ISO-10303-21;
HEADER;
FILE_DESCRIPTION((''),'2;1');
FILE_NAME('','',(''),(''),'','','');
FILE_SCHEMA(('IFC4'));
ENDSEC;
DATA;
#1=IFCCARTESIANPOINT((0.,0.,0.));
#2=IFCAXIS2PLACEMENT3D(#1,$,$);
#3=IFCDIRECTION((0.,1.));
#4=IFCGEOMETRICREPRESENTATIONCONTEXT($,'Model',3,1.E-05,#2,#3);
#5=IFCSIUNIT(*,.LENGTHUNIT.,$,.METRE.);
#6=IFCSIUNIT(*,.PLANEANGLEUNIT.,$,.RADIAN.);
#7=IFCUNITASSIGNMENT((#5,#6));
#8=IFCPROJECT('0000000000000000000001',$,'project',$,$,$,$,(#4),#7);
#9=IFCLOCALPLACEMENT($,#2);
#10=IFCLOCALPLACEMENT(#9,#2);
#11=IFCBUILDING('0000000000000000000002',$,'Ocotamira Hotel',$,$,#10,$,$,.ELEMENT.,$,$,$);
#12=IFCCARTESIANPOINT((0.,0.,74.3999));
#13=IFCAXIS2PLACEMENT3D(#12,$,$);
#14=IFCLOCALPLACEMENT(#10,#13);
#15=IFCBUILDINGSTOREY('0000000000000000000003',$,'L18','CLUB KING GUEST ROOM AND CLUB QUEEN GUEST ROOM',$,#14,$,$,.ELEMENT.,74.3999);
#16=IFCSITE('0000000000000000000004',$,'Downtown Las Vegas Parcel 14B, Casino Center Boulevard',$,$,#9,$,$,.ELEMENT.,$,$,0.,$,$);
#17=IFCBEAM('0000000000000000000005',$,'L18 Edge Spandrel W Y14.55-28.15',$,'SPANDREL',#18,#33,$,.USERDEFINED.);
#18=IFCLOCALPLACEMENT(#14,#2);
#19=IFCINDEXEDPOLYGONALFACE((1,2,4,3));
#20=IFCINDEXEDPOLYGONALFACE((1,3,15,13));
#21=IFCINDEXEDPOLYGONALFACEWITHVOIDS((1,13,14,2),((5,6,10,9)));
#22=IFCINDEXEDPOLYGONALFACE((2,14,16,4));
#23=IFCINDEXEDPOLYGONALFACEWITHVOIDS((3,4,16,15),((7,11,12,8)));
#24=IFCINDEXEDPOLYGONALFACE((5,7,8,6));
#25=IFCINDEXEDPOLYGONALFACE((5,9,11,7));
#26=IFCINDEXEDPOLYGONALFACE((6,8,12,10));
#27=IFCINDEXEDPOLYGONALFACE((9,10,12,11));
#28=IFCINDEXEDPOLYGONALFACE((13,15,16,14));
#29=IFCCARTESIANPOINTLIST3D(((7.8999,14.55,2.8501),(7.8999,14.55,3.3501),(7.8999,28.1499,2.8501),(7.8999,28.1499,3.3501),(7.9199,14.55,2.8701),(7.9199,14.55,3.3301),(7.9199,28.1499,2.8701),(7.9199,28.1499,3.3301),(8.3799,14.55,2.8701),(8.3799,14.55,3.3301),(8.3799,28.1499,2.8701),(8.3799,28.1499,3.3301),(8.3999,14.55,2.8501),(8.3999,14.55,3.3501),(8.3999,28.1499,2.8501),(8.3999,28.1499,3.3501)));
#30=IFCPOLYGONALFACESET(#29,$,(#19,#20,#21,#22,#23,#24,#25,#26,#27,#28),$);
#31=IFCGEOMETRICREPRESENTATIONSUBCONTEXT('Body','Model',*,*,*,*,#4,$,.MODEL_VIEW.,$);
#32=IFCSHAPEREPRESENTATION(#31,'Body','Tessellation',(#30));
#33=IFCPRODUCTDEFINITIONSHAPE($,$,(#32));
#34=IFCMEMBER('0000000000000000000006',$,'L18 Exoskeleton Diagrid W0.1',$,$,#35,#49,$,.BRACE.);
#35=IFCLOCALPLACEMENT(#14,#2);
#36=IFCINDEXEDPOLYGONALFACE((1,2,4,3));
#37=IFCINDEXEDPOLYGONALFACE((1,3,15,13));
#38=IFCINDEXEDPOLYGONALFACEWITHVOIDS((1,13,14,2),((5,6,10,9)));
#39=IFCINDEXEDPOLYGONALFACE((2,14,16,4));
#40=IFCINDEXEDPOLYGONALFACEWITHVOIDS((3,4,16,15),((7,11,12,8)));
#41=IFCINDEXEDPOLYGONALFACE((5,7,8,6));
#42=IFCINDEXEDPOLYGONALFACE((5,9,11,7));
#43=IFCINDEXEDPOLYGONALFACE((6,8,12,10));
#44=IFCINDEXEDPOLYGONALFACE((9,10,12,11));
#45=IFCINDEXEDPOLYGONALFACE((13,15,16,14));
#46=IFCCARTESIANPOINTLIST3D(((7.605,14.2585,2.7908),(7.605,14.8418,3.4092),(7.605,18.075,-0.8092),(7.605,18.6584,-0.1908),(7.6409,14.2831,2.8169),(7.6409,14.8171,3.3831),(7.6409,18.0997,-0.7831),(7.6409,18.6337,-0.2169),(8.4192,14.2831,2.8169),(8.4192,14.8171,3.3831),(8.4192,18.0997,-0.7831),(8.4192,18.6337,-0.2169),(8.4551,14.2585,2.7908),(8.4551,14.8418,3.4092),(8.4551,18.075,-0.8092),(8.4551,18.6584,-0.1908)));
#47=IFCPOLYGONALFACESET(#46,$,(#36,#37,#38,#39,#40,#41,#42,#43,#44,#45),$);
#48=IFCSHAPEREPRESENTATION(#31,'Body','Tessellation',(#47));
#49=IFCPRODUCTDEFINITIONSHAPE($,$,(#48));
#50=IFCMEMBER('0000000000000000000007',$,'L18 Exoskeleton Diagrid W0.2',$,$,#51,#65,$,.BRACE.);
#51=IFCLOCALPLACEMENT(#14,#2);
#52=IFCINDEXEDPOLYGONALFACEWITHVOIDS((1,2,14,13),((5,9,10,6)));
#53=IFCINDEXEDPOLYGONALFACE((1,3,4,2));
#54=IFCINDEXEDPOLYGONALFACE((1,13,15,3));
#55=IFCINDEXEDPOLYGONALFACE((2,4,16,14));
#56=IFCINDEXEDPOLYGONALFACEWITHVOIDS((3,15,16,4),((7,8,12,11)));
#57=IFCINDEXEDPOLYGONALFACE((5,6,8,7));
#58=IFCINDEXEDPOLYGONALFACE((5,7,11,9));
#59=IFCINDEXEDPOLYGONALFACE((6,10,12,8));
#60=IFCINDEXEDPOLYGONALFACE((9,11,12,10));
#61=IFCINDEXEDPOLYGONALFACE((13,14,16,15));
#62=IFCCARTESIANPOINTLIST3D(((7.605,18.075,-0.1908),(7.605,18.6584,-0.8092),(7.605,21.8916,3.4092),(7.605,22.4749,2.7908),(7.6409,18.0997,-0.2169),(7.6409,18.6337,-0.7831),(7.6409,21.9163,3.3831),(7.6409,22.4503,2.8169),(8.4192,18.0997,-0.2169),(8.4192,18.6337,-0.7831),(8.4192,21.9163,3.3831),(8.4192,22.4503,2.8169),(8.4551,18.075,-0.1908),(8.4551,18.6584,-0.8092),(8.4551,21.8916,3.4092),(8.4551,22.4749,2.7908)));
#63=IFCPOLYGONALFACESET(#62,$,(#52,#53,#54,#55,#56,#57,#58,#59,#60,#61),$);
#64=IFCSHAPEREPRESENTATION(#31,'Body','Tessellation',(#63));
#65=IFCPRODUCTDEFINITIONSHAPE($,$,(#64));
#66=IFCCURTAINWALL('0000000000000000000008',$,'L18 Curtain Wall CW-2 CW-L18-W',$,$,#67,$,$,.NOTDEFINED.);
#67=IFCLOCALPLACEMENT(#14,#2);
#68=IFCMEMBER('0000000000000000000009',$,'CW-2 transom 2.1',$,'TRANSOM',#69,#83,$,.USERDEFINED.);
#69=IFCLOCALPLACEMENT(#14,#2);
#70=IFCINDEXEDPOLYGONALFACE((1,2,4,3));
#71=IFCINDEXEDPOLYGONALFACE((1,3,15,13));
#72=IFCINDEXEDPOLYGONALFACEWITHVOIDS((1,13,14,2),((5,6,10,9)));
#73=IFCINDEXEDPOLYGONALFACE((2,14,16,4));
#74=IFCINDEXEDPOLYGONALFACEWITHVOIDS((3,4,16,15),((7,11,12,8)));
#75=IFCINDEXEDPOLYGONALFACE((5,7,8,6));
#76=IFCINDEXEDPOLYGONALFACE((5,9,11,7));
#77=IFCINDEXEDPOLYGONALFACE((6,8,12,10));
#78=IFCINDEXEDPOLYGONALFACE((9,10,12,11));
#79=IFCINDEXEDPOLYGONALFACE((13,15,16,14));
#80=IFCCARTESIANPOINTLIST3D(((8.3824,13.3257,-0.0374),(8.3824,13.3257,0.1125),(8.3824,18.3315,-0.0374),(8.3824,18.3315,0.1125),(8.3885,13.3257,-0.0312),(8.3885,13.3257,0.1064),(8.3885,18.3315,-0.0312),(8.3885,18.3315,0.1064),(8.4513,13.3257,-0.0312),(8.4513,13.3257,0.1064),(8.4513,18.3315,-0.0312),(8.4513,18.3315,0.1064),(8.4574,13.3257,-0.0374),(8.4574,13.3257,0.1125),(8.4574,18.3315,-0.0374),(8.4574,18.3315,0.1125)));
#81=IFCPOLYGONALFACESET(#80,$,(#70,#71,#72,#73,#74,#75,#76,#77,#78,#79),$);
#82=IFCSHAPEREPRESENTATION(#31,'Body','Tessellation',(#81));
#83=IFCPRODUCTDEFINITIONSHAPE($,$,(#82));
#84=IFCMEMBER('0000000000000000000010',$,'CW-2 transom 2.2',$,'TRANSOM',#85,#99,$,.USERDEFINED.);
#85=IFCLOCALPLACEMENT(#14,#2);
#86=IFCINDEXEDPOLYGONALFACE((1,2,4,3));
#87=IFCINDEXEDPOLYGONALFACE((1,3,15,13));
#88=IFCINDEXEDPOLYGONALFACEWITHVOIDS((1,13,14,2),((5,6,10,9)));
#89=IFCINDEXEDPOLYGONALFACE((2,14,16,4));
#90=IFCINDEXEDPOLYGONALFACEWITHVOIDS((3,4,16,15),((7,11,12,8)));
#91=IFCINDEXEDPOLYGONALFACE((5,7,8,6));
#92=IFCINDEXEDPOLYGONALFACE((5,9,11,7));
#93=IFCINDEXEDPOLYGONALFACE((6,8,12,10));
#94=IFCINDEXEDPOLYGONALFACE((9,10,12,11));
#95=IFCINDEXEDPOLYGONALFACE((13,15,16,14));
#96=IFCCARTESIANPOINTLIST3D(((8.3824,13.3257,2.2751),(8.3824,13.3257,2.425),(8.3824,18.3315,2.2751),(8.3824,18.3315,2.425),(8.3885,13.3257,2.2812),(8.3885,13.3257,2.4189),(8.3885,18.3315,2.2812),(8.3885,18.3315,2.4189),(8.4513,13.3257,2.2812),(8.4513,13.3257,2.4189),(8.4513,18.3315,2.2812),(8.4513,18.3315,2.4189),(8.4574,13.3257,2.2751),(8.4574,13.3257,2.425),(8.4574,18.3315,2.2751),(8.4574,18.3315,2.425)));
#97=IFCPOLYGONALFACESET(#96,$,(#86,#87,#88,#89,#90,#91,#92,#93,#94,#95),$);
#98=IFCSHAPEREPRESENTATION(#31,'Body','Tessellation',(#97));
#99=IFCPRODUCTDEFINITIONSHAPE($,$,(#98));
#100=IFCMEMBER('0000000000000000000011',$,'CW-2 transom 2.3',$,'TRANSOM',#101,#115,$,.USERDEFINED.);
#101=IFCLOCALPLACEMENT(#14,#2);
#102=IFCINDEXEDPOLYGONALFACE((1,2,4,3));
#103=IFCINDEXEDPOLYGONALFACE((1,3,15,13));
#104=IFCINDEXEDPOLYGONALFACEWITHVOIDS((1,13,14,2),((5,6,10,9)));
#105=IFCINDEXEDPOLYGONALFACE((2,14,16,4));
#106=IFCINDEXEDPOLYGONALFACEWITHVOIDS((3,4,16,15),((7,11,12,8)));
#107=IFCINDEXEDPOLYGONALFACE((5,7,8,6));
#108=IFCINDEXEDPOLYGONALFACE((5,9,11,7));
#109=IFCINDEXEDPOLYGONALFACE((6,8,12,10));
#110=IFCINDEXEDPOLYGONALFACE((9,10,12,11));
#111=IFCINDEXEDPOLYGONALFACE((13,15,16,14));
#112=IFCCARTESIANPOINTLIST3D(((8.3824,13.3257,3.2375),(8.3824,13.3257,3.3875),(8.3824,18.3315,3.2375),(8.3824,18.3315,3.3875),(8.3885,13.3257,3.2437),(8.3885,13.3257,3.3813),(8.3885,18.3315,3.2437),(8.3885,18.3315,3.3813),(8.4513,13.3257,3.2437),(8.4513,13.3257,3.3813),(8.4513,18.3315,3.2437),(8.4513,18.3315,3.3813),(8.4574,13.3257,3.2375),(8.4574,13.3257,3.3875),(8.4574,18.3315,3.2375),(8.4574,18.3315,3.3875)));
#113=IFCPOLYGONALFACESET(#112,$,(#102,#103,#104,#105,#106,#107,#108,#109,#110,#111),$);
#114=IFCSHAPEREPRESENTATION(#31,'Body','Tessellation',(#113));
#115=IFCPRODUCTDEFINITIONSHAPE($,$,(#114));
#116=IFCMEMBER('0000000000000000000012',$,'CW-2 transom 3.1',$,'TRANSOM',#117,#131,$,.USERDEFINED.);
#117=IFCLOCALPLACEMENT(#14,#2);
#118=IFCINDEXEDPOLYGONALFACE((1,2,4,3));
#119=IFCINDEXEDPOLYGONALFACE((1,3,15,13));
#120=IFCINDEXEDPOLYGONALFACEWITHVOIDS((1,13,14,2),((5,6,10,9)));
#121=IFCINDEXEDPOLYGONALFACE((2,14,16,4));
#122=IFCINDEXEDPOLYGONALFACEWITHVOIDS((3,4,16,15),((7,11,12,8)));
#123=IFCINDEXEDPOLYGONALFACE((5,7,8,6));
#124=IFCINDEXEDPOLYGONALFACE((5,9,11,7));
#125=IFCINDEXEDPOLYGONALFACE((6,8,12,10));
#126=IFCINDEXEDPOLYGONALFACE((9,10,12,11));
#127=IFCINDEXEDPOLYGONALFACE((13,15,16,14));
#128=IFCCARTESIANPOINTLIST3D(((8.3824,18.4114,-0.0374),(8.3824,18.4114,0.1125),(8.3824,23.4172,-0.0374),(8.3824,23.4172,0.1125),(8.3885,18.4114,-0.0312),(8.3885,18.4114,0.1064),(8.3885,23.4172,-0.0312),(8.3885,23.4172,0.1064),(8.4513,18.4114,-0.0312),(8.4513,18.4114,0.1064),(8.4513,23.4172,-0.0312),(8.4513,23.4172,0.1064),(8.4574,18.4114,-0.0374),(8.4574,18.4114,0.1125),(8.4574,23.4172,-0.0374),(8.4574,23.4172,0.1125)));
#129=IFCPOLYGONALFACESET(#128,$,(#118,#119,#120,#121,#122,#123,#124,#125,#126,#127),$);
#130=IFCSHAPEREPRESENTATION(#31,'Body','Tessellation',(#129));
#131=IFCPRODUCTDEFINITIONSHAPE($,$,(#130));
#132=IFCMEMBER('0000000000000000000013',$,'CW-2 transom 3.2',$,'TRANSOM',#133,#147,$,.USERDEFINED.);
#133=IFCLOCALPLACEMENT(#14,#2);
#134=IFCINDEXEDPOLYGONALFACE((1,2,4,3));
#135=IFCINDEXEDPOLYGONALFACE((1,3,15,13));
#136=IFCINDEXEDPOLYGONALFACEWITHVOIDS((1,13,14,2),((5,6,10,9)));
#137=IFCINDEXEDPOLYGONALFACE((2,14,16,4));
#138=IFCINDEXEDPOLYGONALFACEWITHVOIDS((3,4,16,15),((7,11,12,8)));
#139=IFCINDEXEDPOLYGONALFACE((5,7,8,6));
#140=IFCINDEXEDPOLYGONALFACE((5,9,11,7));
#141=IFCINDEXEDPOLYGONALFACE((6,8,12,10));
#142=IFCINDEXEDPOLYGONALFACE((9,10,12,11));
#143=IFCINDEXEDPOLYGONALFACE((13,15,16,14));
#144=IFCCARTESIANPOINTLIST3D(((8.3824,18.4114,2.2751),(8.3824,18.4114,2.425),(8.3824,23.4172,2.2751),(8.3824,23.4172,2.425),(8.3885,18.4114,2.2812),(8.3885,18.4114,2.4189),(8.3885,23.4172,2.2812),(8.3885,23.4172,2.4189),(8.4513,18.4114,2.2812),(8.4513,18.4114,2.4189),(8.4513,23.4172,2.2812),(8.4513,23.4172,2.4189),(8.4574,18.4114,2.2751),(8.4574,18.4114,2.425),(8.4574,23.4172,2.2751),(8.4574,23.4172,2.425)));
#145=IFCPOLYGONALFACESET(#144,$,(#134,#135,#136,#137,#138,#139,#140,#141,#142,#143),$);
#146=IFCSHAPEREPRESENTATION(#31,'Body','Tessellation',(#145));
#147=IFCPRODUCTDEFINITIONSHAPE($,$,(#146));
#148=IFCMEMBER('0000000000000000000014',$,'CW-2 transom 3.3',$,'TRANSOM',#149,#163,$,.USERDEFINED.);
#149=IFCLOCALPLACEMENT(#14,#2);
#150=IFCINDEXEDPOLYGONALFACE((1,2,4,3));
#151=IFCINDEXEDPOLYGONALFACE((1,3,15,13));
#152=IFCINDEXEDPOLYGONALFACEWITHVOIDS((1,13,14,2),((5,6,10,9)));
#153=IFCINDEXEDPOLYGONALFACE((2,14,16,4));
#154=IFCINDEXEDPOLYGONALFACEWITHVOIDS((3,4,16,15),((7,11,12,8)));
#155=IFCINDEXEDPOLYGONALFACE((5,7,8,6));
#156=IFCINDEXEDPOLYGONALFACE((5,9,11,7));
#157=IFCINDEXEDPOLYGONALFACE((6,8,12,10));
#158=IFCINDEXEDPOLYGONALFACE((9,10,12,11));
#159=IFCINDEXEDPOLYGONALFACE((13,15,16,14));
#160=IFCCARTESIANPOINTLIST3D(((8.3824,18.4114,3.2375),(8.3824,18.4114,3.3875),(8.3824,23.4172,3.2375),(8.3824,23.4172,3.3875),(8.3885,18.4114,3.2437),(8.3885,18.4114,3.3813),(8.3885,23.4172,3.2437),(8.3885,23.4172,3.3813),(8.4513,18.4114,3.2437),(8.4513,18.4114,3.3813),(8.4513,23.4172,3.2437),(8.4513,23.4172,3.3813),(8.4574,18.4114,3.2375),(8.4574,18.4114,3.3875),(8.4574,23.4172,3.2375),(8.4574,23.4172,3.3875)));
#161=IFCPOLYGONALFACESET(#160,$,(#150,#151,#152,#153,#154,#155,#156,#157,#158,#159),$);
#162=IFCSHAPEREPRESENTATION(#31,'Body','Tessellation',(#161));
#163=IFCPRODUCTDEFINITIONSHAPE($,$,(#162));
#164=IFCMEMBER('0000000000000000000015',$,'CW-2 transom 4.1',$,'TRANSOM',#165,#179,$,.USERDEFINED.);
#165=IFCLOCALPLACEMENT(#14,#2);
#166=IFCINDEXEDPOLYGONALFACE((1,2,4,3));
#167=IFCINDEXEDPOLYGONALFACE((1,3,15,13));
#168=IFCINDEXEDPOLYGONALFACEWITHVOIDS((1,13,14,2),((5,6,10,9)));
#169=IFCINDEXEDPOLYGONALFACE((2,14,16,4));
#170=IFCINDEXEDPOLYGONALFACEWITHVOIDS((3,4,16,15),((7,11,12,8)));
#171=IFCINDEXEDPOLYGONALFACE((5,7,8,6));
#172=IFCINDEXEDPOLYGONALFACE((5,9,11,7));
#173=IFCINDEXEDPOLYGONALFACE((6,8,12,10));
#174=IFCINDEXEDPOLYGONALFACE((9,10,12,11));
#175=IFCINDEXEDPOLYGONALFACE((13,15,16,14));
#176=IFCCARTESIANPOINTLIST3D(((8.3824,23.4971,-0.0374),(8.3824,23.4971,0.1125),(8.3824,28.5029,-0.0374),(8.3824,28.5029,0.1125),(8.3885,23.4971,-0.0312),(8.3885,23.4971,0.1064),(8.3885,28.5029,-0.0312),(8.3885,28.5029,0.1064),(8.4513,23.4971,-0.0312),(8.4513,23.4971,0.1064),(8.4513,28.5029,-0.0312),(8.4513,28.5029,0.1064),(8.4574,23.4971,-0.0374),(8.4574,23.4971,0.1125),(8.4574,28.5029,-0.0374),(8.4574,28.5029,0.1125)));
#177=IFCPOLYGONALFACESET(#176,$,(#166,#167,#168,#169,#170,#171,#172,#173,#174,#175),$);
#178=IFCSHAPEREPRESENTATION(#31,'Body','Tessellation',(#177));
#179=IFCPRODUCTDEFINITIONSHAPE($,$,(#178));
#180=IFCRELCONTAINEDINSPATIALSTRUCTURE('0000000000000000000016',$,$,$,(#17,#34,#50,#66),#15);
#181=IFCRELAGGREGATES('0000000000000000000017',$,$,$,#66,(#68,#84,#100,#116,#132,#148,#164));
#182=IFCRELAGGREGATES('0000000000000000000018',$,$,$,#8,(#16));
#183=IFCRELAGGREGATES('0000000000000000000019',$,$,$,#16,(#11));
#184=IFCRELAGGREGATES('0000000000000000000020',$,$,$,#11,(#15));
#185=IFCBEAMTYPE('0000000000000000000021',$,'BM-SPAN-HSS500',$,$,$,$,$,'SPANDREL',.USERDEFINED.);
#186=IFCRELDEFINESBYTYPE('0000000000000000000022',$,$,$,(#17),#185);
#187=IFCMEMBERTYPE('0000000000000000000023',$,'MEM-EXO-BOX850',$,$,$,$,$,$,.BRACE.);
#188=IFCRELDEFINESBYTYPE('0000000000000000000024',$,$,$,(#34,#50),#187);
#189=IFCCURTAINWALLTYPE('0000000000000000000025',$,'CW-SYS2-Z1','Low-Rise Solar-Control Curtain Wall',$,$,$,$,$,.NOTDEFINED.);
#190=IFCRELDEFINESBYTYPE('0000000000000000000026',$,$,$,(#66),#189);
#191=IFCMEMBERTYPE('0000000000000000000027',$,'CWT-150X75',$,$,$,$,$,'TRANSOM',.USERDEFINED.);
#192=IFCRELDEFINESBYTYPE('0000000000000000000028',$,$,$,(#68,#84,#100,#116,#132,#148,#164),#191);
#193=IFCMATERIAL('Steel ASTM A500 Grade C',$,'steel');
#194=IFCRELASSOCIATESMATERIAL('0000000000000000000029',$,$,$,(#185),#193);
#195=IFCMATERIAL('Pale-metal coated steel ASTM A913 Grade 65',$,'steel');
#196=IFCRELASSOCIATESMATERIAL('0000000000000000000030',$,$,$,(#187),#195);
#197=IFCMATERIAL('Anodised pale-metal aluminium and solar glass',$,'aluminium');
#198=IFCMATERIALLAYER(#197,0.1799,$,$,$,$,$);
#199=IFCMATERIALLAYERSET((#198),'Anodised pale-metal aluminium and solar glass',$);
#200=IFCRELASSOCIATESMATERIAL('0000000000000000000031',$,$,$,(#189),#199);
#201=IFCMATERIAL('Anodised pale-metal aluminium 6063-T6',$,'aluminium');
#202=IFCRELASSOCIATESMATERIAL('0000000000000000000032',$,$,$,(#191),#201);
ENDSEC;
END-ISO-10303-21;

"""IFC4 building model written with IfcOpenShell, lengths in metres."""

from ifc_helpers import new_model, si_unit, direction, frame, origin, origin_2d, place, context, subcontext, project, spatial, hollow_rectangle, extrude, source, transform, mapped, material, layer, layer_set, material_profile, profile_set, type_object, element, aggregate, save


model = new_model("IFC4")

# Units and contexts
model_context = context("Model", 3, precision=1e-05, world=origin(), true_north=direction((0.0, 1.0)))
body_context = subcontext(model_context, "Body", "Model", "MODEL_VIEW")
ifc_project = project(units=[si_unit("LENGTHUNIT", "METRE"), si_unit("PLANEANGLEUNIT", "RADIAN")], contexts=[model_context])

# Site, building, storey
site_placement = place(None, origin())
site = spatial("IfcSite", under=ifc_project, at=site_placement, Name="Downtown Las Vegas Parcel 14B, Casino Center Boulevard", CompositionType="ELEMENT", RefElevation=0.0)
building_placement = place(site_placement, origin())
building = spatial("IfcBuilding", under=site, at=building_placement, Name="Ocotamira Hotel", CompositionType="ELEMENT")
storey_placement = place(building_placement, frame((0.0, 0.0, 74.3999)))
storey = spatial("IfcBuildingStorey", under=building, at=storey_placement, Name="L18", Description="CLUB KING GUEST ROOM AND CLUB QUEEN GUEST ROOM", CompositionType="ELEMENT", Elevation=74.3999)

# Beam
ifc_material_1 = material(Name="Steel ASTM A500 Grade C", Category="steel")
ifc_material_profile_1 = material_profile(ifc_material_1, hollow_rectangle(XDim=0.5, YDim=0.5, WallThickness=0.02, at=origin_2d()), Name="HSS500X500X20")
ifc_profile_set_1 = profile_set([ifc_material_profile_1], Name="Steel ASTM A500 Grade C")
beam_type_1 = type_object("IfcBeamType", Name="BM-SPAN-HSS500", ElementType="SPANDREL", PredefinedType="USERDEFINED", material=ifc_profile_set_1)
shared_shape_1 = source(origin(), body_context, "Body", "SweptSolid", [
    extrude(hollow_rectangle(XDim=0.5, YDim=0.5, WallThickness=0.02, at=origin_2d()), origin(), (0.0, 0.0, 1.0), 13.5999),
])
beam_1_placement = place(storey_placement, frame((8.1499, 14.55, 3.1001), z_axis=(0.0, 1.0, 0.0), x_axis=(-1.0, 0.0, 0.0)))
element("IfcBeam", 1, at=beam_1_placement, inside=storey, type_object=beam_type_1, Name="L18 Edge Spandrel W Y14.55-28.15", ObjectType="SPANDREL", PredefinedType="USERDEFINED", context=body_context, shape_type="MappedRepresentation", body=[
    mapped(shared_shape_1, transform((0.0, 0.0, 0.0), scale=1.0)),
])

# Members
ifc_material_2 = material(Name="Pale-metal coated steel ASTM A913 Grade 65", Category="steel")
ifc_material_profile_2 = material_profile(ifc_material_2, hollow_rectangle(XDim=0.8501, YDim=0.8501, WallThickness=0.0359, at=origin_2d()), Name="BOX850X850X36")
ifc_profile_set_2 = profile_set([ifc_material_profile_2], Name="Pale-metal coated steel ASTM A913 Grade 65")
member_type_1 = type_object("IfcMemberType", Name="MEM-EXO-BOX850", PredefinedType="BRACE", material=ifc_profile_set_2)
shared_shape_2 = source(origin(), body_context, "Body", "SweptSolid", [
    extrude(hollow_rectangle(XDim=0.8501, YDim=0.8501, WallThickness=0.0359, at=origin_2d()), origin(), (0.0, 0.0, 1.0), 5.2466),
])
for number, where, z_axis, x_axis, name in (
    (2, (8.03, 18.3667, -0.5), (0.0, -0.727443, 0.686168), (1.0, 0.0, 0.0), "L18 Exoskeleton Diagrid W0.1"),
    (3, (8.03, 18.3667, -0.5), (0.0, 0.727443, 0.686168), (-1.0, 0.0, 0.0), "L18 Exoskeleton Diagrid W0.2"),
):
    element("IfcMember", number, at=place(storey_placement, frame(where, z_axis=z_axis, x_axis=x_axis)), inside=storey, type_object=member_type_1, Name=name, PredefinedType="BRACE", context=body_context, shape_type="MappedRepresentation", body=[
        mapped(shared_shape_2, transform((0.0, 0.0, 0.0), scale=1.0)),
    ])

# Curtain wall, members
ifc_material_3 = material(Name="Anodised pale-metal aluminium and solar glass", Category="aluminium")
ifc_layer_1 = layer(ifc_material_3, 0.1799)
ifc_layer_set_1 = layer_set([ifc_layer_1], Name="Anodised pale-metal aluminium and solar glass")
curtain_wall_type = type_object("IfcCurtainWallType", Name="CW-SYS2-Z1", Description="Low-Rise Solar-Control Curtain Wall", PredefinedType="NOTDEFINED", material=ifc_layer_set_1)
curtain_wall_placement = place(storey_placement, origin())
curtain_wall = element("IfcCurtainWall", 4, at=curtain_wall_placement, inside=storey, type_object=curtain_wall_type, Name="L18 Curtain Wall CW-2 CW-L18-W", PredefinedType="NOTDEFINED")
ifc_material_4 = material(Name="Anodised pale-metal aluminium 6063-T6", Category="aluminium")
ifc_material_profile_3 = material_profile(ifc_material_4, hollow_rectangle(XDim=0.075, YDim=0.1499, WallThickness=0.0061, at=origin_2d()), Name="HSS150X75X6")
ifc_profile_set_3 = profile_set([ifc_material_profile_3], Name="Anodised pale-metal aluminium 6063-T6")
member_type_2 = type_object("IfcMemberType", Name="CWT-150X75", ElementType="TRANSOM", PredefinedType="USERDEFINED", material=ifc_profile_set_3)
shared_shape_3 = source(origin(), body_context, "Body", "SweptSolid", [
    extrude(hollow_rectangle(XDim=0.075, YDim=0.1499, WallThickness=0.0061, at=origin_2d()), origin(), (0.0, 0.0, 1.0), 5.0059),
])
member_1_placement = place(storey_placement, frame((8.4199, 13.3257, 0.0376), z_axis=(0.0, 1.0, 0.0), x_axis=(-1.0, 0.0, 0.0)))
member_1 = element("IfcMember", 5, at=member_1_placement, type_object=member_type_2, Name="CW-2 transom 2.1", ObjectType="TRANSOM", PredefinedType="USERDEFINED", context=body_context, shape_type="MappedRepresentation", body=[
    mapped(shared_shape_3, transform((0.0, 0.0, 0.0), scale=1.0)),
])
member_2_placement = place(storey_placement, frame((8.4199, 13.3257, 2.3501), z_axis=(0.0, 1.0, 0.0), x_axis=(-1.0, 0.0, 0.0)))
member_2 = element("IfcMember", 6, at=member_2_placement, type_object=member_type_2, Name="CW-2 transom 2.2", ObjectType="TRANSOM", PredefinedType="USERDEFINED", context=body_context, shape_type="MappedRepresentation", body=[
    mapped(shared_shape_3, transform((0.0, 0.0, 0.0), scale=1.0)),
])
member_3_placement = place(storey_placement, frame((8.4199, 13.3257, 3.3125), z_axis=(0.0, 1.0, 0.0), x_axis=(-1.0, 0.0, 0.0)))
member_3 = element("IfcMember", 7, at=member_3_placement, type_object=member_type_2, Name="CW-2 transom 2.3", ObjectType="TRANSOM", PredefinedType="USERDEFINED", context=body_context, shape_type="MappedRepresentation", body=[
    mapped(shared_shape_3, transform((0.0, 0.0, 0.0), scale=1.0)),
])
member_4_placement = place(storey_placement, frame((8.4199, 18.4114, 0.0376), z_axis=(0.0, 1.0, 0.0), x_axis=(-1.0, 0.0, 0.0)))
member_4 = element("IfcMember", 8, at=member_4_placement, type_object=member_type_2, Name="CW-2 transom 3.1", ObjectType="TRANSOM", PredefinedType="USERDEFINED", context=body_context, shape_type="MappedRepresentation", body=[
    mapped(shared_shape_3, transform((0.0, 0.0, 0.0), scale=1.0)),
])
member_5_placement = place(storey_placement, frame((8.4199, 18.4114, 2.3501), z_axis=(0.0, 1.0, 0.0), x_axis=(-1.0, 0.0, 0.0)))
member_5 = element("IfcMember", 9, at=member_5_placement, type_object=member_type_2, Name="CW-2 transom 3.2", ObjectType="TRANSOM", PredefinedType="USERDEFINED", context=body_context, shape_type="MappedRepresentation", body=[
    mapped(shared_shape_3, transform((0.0, 0.0, 0.0), scale=1.0)),
])
member_6_placement = place(storey_placement, frame((8.4199, 18.4114, 3.3125), z_axis=(0.0, 1.0, 0.0), x_axis=(-1.0, 0.0, 0.0)))
member_6 = element("IfcMember", 10, at=member_6_placement, type_object=member_type_2, Name="CW-2 transom 3.3", ObjectType="TRANSOM", PredefinedType="USERDEFINED", context=body_context, shape_type="MappedRepresentation", body=[
    mapped(shared_shape_3, transform((0.0, 0.0, 0.0), scale=1.0)),
])
member_7_placement = place(storey_placement, frame((8.4199, 23.4971, 0.0376), z_axis=(0.0, 1.0, 0.0), x_axis=(-1.0, 0.0, 0.0)))
member_7 = element("IfcMember", 11, at=member_7_placement, type_object=member_type_2, Name="CW-2 transom 4.1", ObjectType="TRANSOM", PredefinedType="USERDEFINED", context=body_context, shape_type="MappedRepresentation", body=[
    mapped(shared_shape_3, transform((0.0, 0.0, 0.0), scale=1.0)),
])

aggregate(curtain_wall, [member_1, member_2, member_3, member_4, member_5, member_6, member_7])

save(model, "model.ifc")
